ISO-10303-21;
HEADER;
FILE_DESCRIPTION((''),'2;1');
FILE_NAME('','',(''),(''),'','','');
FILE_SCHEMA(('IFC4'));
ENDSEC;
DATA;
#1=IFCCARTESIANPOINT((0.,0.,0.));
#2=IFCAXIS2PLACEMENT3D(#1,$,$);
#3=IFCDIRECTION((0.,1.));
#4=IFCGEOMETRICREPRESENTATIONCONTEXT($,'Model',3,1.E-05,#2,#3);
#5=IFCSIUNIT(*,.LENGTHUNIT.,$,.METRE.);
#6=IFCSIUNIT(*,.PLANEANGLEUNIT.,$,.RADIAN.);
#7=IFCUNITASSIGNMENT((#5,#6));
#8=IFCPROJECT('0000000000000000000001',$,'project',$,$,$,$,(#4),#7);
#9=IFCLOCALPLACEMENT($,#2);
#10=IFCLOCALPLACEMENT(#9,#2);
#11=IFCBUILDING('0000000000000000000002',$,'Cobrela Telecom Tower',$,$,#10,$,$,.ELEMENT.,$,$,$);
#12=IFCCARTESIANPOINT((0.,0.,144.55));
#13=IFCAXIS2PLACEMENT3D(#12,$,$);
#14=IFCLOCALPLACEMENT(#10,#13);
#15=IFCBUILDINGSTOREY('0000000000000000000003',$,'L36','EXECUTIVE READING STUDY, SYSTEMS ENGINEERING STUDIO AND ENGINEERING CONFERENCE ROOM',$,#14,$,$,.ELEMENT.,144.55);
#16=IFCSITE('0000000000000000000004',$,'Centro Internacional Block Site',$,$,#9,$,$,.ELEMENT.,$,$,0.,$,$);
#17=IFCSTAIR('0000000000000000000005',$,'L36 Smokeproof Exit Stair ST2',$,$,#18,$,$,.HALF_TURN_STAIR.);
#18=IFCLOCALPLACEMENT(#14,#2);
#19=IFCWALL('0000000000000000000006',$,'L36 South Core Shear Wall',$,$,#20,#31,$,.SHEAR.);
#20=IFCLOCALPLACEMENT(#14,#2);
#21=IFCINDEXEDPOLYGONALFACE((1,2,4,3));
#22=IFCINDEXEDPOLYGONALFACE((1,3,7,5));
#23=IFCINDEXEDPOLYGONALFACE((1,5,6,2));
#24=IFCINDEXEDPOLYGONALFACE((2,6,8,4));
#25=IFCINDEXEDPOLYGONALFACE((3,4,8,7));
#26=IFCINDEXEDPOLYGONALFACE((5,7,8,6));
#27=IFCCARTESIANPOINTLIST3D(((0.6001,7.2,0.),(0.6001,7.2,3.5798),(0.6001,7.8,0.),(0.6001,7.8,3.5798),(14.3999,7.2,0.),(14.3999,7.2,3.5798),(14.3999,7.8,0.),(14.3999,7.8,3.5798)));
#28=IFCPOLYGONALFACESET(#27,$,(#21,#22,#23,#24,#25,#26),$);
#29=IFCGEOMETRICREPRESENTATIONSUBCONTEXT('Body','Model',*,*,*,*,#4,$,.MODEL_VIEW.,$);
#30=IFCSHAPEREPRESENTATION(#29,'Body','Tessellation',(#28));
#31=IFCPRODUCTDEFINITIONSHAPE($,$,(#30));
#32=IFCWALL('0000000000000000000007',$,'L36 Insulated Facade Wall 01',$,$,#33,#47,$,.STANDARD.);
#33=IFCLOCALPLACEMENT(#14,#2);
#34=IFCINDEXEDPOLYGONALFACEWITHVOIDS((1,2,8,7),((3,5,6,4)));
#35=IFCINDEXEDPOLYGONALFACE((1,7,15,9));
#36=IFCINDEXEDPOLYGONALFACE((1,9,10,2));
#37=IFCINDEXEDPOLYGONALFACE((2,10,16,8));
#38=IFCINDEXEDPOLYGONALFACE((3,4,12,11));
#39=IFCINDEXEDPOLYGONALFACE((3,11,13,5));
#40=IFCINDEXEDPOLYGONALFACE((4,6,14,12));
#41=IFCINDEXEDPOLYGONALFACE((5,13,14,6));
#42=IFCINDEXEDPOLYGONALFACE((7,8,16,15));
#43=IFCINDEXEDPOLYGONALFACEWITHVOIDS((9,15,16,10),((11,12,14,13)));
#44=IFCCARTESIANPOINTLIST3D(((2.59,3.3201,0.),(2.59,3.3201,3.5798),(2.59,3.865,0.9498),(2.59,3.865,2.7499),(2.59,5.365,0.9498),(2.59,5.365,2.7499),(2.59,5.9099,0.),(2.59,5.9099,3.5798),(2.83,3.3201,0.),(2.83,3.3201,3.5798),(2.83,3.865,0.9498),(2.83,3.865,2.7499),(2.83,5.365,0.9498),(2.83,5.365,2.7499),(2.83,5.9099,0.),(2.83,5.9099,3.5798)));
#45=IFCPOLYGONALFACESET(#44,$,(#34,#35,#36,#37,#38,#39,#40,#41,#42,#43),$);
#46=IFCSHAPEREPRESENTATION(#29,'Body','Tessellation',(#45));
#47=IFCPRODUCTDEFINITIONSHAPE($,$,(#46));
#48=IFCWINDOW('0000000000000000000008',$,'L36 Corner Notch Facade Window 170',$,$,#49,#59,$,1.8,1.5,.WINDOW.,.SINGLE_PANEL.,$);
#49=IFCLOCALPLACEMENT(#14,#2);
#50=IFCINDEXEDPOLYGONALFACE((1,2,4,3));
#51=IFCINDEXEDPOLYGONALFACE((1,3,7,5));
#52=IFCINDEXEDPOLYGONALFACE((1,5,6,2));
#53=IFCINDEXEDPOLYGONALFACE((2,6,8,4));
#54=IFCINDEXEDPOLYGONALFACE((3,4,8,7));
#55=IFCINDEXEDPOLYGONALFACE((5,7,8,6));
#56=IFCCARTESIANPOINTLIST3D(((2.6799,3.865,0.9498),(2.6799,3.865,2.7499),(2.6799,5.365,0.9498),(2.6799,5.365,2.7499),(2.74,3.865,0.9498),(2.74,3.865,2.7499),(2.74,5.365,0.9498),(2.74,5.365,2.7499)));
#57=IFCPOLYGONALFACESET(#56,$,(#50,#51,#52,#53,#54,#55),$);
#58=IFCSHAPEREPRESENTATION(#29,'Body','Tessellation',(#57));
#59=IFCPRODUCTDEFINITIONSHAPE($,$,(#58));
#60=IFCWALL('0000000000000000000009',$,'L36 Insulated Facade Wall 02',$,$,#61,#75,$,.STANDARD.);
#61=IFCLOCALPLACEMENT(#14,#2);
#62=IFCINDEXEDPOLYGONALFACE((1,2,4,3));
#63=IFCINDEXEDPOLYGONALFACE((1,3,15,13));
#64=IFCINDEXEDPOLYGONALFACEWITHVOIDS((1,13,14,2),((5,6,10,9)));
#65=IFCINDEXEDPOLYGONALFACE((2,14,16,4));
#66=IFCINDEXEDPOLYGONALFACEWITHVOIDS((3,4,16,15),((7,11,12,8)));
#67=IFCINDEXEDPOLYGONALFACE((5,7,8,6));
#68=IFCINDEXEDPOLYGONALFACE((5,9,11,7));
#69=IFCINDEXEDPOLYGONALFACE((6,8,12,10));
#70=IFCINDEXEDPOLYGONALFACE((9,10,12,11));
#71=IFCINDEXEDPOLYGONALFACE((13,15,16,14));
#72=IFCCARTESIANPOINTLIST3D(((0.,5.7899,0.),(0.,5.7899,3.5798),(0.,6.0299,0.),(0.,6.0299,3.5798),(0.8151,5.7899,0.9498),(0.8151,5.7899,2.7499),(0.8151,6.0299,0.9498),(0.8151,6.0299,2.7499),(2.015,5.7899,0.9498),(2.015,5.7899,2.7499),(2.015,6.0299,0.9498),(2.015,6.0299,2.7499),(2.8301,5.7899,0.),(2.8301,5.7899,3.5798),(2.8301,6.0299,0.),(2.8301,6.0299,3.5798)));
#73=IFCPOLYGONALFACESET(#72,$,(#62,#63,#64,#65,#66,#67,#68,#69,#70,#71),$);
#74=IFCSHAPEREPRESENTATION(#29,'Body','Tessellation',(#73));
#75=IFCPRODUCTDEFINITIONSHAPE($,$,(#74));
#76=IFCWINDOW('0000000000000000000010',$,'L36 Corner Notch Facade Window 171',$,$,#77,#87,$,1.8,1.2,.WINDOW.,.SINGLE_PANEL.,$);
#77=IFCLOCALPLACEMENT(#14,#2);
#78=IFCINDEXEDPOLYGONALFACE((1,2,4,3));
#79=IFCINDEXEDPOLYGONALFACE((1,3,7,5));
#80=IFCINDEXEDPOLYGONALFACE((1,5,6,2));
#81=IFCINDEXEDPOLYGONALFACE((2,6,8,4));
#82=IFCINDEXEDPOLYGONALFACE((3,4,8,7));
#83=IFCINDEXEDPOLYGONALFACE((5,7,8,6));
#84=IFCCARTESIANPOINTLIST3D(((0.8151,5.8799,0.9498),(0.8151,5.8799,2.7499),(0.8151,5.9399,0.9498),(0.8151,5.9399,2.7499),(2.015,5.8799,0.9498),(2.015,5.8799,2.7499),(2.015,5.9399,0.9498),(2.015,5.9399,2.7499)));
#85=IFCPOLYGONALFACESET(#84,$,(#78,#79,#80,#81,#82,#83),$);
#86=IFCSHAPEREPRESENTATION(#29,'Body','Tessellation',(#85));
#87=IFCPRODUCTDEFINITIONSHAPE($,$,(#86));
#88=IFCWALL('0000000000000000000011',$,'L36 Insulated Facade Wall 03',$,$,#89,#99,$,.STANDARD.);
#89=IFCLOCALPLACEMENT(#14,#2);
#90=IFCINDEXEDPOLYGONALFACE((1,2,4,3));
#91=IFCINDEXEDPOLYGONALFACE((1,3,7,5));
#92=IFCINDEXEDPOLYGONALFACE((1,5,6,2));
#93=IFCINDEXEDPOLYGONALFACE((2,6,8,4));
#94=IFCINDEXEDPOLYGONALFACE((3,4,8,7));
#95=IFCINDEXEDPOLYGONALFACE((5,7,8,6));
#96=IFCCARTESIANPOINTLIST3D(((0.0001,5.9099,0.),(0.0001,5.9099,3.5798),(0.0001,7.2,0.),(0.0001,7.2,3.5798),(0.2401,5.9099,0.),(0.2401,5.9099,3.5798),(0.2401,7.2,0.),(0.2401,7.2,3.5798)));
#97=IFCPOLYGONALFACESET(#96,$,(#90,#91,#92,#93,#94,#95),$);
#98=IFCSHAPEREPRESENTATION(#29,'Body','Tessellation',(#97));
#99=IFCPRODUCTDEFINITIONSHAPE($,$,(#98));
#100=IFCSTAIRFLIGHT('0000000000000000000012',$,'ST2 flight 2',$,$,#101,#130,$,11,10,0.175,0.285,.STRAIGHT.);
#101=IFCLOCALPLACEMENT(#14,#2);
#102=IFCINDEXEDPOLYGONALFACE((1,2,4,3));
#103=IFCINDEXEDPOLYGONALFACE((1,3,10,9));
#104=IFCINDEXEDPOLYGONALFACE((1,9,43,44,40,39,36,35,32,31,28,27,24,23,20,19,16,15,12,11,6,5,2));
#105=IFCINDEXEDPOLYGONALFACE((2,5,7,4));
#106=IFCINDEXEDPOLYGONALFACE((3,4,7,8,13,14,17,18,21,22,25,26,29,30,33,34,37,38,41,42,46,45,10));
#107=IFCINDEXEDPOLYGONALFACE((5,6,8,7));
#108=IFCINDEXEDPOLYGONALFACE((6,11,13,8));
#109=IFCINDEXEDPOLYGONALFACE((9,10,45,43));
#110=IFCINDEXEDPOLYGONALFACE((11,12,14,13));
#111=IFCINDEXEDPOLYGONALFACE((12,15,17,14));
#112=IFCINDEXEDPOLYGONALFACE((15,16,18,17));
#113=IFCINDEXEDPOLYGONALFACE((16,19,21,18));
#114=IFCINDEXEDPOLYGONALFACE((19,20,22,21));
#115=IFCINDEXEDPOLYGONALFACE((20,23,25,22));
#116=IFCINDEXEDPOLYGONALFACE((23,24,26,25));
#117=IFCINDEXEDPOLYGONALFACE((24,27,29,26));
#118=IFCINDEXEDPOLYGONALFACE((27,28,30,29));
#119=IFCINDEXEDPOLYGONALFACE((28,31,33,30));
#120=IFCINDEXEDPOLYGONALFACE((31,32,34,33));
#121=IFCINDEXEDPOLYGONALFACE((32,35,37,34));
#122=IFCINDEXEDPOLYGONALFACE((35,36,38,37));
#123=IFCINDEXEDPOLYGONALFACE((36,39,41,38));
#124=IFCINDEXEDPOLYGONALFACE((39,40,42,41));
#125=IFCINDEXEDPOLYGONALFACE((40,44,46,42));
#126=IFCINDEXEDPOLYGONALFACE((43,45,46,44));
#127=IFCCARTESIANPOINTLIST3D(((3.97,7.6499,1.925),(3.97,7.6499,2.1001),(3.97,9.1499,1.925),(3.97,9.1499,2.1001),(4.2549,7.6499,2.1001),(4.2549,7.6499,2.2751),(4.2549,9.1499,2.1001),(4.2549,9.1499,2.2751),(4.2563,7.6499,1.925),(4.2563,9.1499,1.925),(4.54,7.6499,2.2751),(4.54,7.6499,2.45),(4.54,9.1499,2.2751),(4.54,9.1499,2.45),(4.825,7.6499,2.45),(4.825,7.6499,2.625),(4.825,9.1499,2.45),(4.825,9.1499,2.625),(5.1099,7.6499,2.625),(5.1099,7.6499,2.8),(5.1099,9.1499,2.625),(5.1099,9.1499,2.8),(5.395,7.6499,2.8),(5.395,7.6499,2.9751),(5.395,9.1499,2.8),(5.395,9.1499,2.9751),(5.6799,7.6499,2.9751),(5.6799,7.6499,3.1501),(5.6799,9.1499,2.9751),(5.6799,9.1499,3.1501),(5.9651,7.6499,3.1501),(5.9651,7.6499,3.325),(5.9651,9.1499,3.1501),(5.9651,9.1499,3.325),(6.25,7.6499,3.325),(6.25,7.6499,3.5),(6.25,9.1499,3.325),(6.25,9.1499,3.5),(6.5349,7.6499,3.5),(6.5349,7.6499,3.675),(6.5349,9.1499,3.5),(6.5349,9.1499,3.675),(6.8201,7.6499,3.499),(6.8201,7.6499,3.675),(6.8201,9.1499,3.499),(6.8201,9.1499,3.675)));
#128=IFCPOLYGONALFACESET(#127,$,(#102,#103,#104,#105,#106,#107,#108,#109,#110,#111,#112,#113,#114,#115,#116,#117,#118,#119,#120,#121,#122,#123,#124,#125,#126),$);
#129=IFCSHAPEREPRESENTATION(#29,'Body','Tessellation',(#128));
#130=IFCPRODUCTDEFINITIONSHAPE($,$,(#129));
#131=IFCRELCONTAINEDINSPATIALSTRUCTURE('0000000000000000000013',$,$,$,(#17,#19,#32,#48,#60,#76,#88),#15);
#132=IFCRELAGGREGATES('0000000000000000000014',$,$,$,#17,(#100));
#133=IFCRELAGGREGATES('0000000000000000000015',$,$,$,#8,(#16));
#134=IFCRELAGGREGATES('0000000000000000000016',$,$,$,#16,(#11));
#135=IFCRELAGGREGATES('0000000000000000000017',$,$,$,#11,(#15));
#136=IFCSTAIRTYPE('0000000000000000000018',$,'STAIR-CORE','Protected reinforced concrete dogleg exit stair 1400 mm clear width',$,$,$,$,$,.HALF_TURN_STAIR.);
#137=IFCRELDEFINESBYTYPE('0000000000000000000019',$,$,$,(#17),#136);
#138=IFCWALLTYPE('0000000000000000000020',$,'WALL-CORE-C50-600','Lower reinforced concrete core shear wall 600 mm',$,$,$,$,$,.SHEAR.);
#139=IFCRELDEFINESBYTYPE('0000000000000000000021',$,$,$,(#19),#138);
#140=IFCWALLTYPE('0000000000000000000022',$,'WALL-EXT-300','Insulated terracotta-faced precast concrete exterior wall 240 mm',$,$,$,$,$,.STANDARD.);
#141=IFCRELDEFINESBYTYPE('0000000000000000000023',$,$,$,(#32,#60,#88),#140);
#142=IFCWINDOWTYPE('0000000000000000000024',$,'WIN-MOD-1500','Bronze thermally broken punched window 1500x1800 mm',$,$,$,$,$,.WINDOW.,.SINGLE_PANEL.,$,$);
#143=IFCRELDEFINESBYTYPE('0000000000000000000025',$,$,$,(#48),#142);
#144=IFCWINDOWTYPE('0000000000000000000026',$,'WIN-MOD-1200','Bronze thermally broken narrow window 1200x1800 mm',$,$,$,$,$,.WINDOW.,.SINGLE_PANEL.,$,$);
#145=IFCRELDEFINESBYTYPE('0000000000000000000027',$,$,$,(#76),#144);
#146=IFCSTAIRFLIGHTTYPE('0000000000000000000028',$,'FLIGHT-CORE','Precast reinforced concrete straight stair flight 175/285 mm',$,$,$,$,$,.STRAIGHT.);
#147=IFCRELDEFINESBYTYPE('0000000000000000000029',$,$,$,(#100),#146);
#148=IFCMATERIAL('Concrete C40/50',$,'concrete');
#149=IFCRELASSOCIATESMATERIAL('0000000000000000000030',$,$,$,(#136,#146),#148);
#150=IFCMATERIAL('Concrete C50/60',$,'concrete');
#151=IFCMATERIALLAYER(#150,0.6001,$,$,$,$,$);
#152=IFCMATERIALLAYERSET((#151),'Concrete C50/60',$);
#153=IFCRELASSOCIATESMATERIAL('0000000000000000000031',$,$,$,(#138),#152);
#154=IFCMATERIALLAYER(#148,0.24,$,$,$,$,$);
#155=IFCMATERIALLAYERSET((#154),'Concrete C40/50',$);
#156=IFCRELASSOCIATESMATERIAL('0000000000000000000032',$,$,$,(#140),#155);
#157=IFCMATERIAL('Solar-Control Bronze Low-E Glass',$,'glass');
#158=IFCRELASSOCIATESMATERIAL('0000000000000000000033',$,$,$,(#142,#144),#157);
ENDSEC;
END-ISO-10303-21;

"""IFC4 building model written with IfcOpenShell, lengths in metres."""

from ifc_helpers import new_model, si_unit, direction, frame, frame_2d, origin, place, context, subcontext, project, spatial, polyline, rectangle, outline, extrude, material, layer, layer_set, type_object, element, fill, aggregate, save


model = new_model("IFC4")

# Units and contexts
model_context = context("Model", 3, precision=1e-05, world=origin(), true_north=direction((0.0, 1.0)))
body_context = subcontext(model_context, "Body", "Model", "MODEL_VIEW")
ifc_project = project(units=[si_unit("LENGTHUNIT", "METRE"), si_unit("PLANEANGLEUNIT", "RADIAN")], contexts=[model_context])

# Site, building, storey
site_placement = place(None, origin())
site = spatial("IfcSite", under=ifc_project, at=site_placement, Name="Centro Internacional Block Site", CompositionType="ELEMENT", RefElevation=0.0)
building_placement = place(site_placement, origin())
building = spatial("IfcBuilding", under=site, at=building_placement, Name="Cobrela Telecom Tower", CompositionType="ELEMENT")
storey_placement = place(building_placement, frame((0.0, 0.0, 144.55)))
storey = spatial("IfcBuildingStorey", under=building, at=storey_placement, Name="L36", Description="EXECUTIVE READING STUDY, SYSTEMS ENGINEERING STUDIO AND ENGINEERING CONFERENCE ROOM", CompositionType="ELEMENT", Elevation=144.55)

# Shared definitions
ifc_material_1 = material(Name="Solar-Control Bronze Low-E Glass", Category="glass")

# Shared definitions
ifc_material_2 = material(Name="Concrete C40/50", Category="concrete")

# Stair
stair_type = type_object("IfcStairType", Name="STAIR-CORE", Description="Protected reinforced concrete dogleg exit stair 1400 mm clear width", PredefinedType="HALF_TURN_STAIR", material=ifc_material_2)
stair_1_placement = place(storey_placement, origin())
stair_1 = element("IfcStair", 1, at=stair_1_placement, inside=storey, type_object=stair_type, Name="L36 Smokeproof Exit Stair ST2", PredefinedType="HALF_TURN_STAIR")

# Wall
ifc_material_3 = material(Name="Concrete C50/60", Category="concrete")
ifc_layer_1 = layer(ifc_material_3, 0.6001)
ifc_layer_set_1 = layer_set([ifc_layer_1], Name="Concrete C50/60")
wall_type_1 = type_object("IfcWallType", Name="WALL-CORE-C50-600", Description="Lower reinforced concrete core shear wall 600 mm", PredefinedType="SHEAR", material=ifc_layer_set_1)
wall_1_placement = place(storey_placement, frame((0.6001, 7.5, 0.0), z_axis=(0.0, 0.0, 1.0), x_axis=(1.0, 0.0, 0.0)))
element("IfcWall", 2, at=wall_1_placement, inside=storey, type_object=wall_type_1, Name="L36 South Core Shear Wall", PredefinedType="SHEAR", context=body_context, shape_type="SweptSolid", body=[
    extrude(rectangle(XDim=13.7998, YDim=0.6001, at=frame_2d((6.8999, 0.0))), origin(), (0.0, 0.0, 1.0), 3.5798),
])

# Walls, openings, windows
ifc_layer_2 = layer(ifc_material_2, 0.24)
ifc_layer_set_2 = layer_set([ifc_layer_2], Name="Concrete C40/50")
wall_type_2 = type_object("IfcWallType", Name="WALL-EXT-300", Description="Insulated terracotta-faced precast concrete exterior wall 240 mm", PredefinedType="STANDARD", material=ifc_layer_set_2)
wall_2_placement = place(storey_placement, frame((2.71, 3.3201, 0.0), z_axis=(0.0, 0.0, 1.0), x_axis=(0.0, 1.0, 0.0)))
wall_2 = element("IfcWall", 3, at=wall_2_placement, inside=storey, type_object=wall_type_2, Name="L36 Insulated Facade Wall 01", PredefinedType="STANDARD", context=body_context, shape_type="SweptSolid", body=[
    extrude(rectangle(XDim=2.5898, YDim=0.24, at=frame_2d((1.2949, 0.0))), origin(), (0.0, 0.0, 1.0), 3.5798),
])
opening_1_placement = place(wall_2_placement, frame((0.5449, 0.0, 0.95)))
opening_1 = element("IfcOpeningElement", 4, at=opening_1_placement, cuts=wall_2, PredefinedType="OPENING", context=body_context, shape_type="SweptSolid", body=[
    extrude(rectangle(XDim=1.5, YDim=1.8, at=frame_2d((0.75, 0.8999))), frame((0.0, 0.1318, 0.0), z_axis=(0.0, -1.0, 0.0), x_axis=(1.0, 0.0, 0.0)), (0.0, 0.0, 1.0), 0.2639),
])
window_type_1 = type_object("IfcWindowType", Name="WIN-MOD-1500", Description="Bronze thermally broken punched window 1500x1800 mm", PartitioningType="SINGLE_PANEL", PredefinedType="WINDOW", material=ifc_material_1)
window_1_placement = place(opening_1_placement, origin())
window_1 = element("IfcWindow", 5, at=window_1_placement, inside=storey, type_object=window_type_1, Name="L36 Corner Notch Facade Window 170", OverallHeight=1.8, OverallWidth=1.5, PartitioningType="SINGLE_PANEL", PredefinedType="WINDOW", context=body_context, shape_type="SweptSolid", body=[
    extrude(rectangle(XDim=1.5, YDim=1.8, at=frame_2d((0.75, 0.8999))), frame((0.0, 0.03, 0.0), z_axis=(0.0, -1.0, 0.0), x_axis=(1.0, 0.0, 0.0)), (0.0, 0.0, 1.0), 0.0601),
])
fill(opening_1, window_1)
wall_3_placement = place(storey_placement, frame((2.8301, 5.9099, 0.0), z_axis=(0.0, 0.0, 1.0), x_axis=(-1.0, 0.0, 0.0)))
wall_3 = element("IfcWall", 6, at=wall_3_placement, inside=storey, type_object=wall_type_2, Name="L36 Insulated Facade Wall 02", PredefinedType="STANDARD", context=body_context, shape_type="SweptSolid", body=[
    extrude(rectangle(XDim=2.8301, YDim=0.24, at=frame_2d((1.415, 0.0))), origin(), (0.0, 0.0, 1.0), 3.5798),
])
opening_2_placement = place(wall_3_placement, frame((0.8149, 0.0, 0.95)))
opening_2 = element("IfcOpeningElement", 7, at=opening_2_placement, cuts=wall_3, PredefinedType="OPENING", context=body_context, shape_type="SweptSolid", body=[
    extrude(rectangle(XDim=1.2, YDim=1.8, at=frame_2d((0.6001, 0.8999))), frame((0.0, 0.1318, 0.0), z_axis=(0.0, -1.0, 0.0), x_axis=(1.0, 0.0, 0.0)), (0.0, 0.0, 1.0), 0.2639),
])
window_type_2 = type_object("IfcWindowType", Name="WIN-MOD-1200", Description="Bronze thermally broken narrow window 1200x1800 mm", PartitioningType="SINGLE_PANEL", PredefinedType="WINDOW", material=ifc_material_1)
window_2_placement = place(opening_2_placement, origin())
window_2 = element("IfcWindow", 8, at=window_2_placement, inside=storey, type_object=window_type_2, Name="L36 Corner Notch Facade Window 171", OverallHeight=1.8, OverallWidth=1.2, PartitioningType="SINGLE_PANEL", PredefinedType="WINDOW", context=body_context, shape_type="SweptSolid", body=[
    extrude(rectangle(XDim=1.2, YDim=1.8, at=frame_2d((0.6001, 0.8999))), frame((0.0, 0.03, 0.0), z_axis=(0.0, -1.0, 0.0), x_axis=(1.0, 0.0, 0.0)), (0.0, 0.0, 1.0), 0.0601),
])
fill(opening_2, window_2)

# Wall
wall_4_placement = place(storey_placement, frame((0.1201, 5.9099, 0.0), z_axis=(0.0, 0.0, 1.0), x_axis=(0.0, 1.0, 0.0)))
element("IfcWall", 9, at=wall_4_placement, inside=storey, type_object=wall_type_2, Name="L36 Insulated Facade Wall 03", PredefinedType="STANDARD", context=body_context, shape_type="SweptSolid", body=[
    extrude(rectangle(XDim=1.29, YDim=0.24, at=frame_2d((0.645, 0.0))), origin(), (0.0, 0.0, 1.0), 3.5798),
])

# Stair flight
stair_flight_type = type_object("IfcStairFlightType", Name="FLIGHT-CORE", Description="Precast reinforced concrete straight stair flight 175/285 mm", PredefinedType="STRAIGHT", material=ifc_material_2)
stair_flight_placement = place(storey_placement, frame((3.97, 8.3999, 1.925), z_axis=(0.0, 0.0, 1.0), x_axis=(1.0, 0.0, 0.0)))
stair_flight = element("IfcStairFlight", 10, at=stair_flight_placement, type_object=stair_flight_type, Name="ST2 flight 2", NumberOfRisers=11, NumberOfTreads=10, PredefinedType="STRAIGHT", RiserHeight=0.175, TreadLength=0.285, context=body_context, shape_type="SweptSolid", body=[
    extrude(outline(polyline([(0.0, 0.0), (0.0, 0.175), (0.2849, 0.175), (0.2849, 0.3501), (0.5701, 0.3501), (0.5701, 0.5249), (0.855, 0.5249), (0.855, 0.7), (1.1399, 0.7), (1.1399, 0.875), (1.425, 0.875), (1.425, 1.05), (1.71, 1.05), (1.71, 1.2251), (1.9951, 1.2251), (1.9951, 1.3999), (2.28, 1.3999), (2.28, 1.575), (2.5649, 1.575), (2.5649, 1.75), (2.8501, 1.75), (2.8501, 1.925), (2.8501, 1.574), (0.2864, 0.0), (0.0, 0.0)])), frame((0.0, 0.75, 0.0), z_axis=(0.0, -1.0, 0.0), x_axis=(1.0, 0.0, 0.0)), (0.0, 0.0, 1.0), 1.5),
])
aggregate(stair_1, [stair_flight])

save(model, "model.ifc")
